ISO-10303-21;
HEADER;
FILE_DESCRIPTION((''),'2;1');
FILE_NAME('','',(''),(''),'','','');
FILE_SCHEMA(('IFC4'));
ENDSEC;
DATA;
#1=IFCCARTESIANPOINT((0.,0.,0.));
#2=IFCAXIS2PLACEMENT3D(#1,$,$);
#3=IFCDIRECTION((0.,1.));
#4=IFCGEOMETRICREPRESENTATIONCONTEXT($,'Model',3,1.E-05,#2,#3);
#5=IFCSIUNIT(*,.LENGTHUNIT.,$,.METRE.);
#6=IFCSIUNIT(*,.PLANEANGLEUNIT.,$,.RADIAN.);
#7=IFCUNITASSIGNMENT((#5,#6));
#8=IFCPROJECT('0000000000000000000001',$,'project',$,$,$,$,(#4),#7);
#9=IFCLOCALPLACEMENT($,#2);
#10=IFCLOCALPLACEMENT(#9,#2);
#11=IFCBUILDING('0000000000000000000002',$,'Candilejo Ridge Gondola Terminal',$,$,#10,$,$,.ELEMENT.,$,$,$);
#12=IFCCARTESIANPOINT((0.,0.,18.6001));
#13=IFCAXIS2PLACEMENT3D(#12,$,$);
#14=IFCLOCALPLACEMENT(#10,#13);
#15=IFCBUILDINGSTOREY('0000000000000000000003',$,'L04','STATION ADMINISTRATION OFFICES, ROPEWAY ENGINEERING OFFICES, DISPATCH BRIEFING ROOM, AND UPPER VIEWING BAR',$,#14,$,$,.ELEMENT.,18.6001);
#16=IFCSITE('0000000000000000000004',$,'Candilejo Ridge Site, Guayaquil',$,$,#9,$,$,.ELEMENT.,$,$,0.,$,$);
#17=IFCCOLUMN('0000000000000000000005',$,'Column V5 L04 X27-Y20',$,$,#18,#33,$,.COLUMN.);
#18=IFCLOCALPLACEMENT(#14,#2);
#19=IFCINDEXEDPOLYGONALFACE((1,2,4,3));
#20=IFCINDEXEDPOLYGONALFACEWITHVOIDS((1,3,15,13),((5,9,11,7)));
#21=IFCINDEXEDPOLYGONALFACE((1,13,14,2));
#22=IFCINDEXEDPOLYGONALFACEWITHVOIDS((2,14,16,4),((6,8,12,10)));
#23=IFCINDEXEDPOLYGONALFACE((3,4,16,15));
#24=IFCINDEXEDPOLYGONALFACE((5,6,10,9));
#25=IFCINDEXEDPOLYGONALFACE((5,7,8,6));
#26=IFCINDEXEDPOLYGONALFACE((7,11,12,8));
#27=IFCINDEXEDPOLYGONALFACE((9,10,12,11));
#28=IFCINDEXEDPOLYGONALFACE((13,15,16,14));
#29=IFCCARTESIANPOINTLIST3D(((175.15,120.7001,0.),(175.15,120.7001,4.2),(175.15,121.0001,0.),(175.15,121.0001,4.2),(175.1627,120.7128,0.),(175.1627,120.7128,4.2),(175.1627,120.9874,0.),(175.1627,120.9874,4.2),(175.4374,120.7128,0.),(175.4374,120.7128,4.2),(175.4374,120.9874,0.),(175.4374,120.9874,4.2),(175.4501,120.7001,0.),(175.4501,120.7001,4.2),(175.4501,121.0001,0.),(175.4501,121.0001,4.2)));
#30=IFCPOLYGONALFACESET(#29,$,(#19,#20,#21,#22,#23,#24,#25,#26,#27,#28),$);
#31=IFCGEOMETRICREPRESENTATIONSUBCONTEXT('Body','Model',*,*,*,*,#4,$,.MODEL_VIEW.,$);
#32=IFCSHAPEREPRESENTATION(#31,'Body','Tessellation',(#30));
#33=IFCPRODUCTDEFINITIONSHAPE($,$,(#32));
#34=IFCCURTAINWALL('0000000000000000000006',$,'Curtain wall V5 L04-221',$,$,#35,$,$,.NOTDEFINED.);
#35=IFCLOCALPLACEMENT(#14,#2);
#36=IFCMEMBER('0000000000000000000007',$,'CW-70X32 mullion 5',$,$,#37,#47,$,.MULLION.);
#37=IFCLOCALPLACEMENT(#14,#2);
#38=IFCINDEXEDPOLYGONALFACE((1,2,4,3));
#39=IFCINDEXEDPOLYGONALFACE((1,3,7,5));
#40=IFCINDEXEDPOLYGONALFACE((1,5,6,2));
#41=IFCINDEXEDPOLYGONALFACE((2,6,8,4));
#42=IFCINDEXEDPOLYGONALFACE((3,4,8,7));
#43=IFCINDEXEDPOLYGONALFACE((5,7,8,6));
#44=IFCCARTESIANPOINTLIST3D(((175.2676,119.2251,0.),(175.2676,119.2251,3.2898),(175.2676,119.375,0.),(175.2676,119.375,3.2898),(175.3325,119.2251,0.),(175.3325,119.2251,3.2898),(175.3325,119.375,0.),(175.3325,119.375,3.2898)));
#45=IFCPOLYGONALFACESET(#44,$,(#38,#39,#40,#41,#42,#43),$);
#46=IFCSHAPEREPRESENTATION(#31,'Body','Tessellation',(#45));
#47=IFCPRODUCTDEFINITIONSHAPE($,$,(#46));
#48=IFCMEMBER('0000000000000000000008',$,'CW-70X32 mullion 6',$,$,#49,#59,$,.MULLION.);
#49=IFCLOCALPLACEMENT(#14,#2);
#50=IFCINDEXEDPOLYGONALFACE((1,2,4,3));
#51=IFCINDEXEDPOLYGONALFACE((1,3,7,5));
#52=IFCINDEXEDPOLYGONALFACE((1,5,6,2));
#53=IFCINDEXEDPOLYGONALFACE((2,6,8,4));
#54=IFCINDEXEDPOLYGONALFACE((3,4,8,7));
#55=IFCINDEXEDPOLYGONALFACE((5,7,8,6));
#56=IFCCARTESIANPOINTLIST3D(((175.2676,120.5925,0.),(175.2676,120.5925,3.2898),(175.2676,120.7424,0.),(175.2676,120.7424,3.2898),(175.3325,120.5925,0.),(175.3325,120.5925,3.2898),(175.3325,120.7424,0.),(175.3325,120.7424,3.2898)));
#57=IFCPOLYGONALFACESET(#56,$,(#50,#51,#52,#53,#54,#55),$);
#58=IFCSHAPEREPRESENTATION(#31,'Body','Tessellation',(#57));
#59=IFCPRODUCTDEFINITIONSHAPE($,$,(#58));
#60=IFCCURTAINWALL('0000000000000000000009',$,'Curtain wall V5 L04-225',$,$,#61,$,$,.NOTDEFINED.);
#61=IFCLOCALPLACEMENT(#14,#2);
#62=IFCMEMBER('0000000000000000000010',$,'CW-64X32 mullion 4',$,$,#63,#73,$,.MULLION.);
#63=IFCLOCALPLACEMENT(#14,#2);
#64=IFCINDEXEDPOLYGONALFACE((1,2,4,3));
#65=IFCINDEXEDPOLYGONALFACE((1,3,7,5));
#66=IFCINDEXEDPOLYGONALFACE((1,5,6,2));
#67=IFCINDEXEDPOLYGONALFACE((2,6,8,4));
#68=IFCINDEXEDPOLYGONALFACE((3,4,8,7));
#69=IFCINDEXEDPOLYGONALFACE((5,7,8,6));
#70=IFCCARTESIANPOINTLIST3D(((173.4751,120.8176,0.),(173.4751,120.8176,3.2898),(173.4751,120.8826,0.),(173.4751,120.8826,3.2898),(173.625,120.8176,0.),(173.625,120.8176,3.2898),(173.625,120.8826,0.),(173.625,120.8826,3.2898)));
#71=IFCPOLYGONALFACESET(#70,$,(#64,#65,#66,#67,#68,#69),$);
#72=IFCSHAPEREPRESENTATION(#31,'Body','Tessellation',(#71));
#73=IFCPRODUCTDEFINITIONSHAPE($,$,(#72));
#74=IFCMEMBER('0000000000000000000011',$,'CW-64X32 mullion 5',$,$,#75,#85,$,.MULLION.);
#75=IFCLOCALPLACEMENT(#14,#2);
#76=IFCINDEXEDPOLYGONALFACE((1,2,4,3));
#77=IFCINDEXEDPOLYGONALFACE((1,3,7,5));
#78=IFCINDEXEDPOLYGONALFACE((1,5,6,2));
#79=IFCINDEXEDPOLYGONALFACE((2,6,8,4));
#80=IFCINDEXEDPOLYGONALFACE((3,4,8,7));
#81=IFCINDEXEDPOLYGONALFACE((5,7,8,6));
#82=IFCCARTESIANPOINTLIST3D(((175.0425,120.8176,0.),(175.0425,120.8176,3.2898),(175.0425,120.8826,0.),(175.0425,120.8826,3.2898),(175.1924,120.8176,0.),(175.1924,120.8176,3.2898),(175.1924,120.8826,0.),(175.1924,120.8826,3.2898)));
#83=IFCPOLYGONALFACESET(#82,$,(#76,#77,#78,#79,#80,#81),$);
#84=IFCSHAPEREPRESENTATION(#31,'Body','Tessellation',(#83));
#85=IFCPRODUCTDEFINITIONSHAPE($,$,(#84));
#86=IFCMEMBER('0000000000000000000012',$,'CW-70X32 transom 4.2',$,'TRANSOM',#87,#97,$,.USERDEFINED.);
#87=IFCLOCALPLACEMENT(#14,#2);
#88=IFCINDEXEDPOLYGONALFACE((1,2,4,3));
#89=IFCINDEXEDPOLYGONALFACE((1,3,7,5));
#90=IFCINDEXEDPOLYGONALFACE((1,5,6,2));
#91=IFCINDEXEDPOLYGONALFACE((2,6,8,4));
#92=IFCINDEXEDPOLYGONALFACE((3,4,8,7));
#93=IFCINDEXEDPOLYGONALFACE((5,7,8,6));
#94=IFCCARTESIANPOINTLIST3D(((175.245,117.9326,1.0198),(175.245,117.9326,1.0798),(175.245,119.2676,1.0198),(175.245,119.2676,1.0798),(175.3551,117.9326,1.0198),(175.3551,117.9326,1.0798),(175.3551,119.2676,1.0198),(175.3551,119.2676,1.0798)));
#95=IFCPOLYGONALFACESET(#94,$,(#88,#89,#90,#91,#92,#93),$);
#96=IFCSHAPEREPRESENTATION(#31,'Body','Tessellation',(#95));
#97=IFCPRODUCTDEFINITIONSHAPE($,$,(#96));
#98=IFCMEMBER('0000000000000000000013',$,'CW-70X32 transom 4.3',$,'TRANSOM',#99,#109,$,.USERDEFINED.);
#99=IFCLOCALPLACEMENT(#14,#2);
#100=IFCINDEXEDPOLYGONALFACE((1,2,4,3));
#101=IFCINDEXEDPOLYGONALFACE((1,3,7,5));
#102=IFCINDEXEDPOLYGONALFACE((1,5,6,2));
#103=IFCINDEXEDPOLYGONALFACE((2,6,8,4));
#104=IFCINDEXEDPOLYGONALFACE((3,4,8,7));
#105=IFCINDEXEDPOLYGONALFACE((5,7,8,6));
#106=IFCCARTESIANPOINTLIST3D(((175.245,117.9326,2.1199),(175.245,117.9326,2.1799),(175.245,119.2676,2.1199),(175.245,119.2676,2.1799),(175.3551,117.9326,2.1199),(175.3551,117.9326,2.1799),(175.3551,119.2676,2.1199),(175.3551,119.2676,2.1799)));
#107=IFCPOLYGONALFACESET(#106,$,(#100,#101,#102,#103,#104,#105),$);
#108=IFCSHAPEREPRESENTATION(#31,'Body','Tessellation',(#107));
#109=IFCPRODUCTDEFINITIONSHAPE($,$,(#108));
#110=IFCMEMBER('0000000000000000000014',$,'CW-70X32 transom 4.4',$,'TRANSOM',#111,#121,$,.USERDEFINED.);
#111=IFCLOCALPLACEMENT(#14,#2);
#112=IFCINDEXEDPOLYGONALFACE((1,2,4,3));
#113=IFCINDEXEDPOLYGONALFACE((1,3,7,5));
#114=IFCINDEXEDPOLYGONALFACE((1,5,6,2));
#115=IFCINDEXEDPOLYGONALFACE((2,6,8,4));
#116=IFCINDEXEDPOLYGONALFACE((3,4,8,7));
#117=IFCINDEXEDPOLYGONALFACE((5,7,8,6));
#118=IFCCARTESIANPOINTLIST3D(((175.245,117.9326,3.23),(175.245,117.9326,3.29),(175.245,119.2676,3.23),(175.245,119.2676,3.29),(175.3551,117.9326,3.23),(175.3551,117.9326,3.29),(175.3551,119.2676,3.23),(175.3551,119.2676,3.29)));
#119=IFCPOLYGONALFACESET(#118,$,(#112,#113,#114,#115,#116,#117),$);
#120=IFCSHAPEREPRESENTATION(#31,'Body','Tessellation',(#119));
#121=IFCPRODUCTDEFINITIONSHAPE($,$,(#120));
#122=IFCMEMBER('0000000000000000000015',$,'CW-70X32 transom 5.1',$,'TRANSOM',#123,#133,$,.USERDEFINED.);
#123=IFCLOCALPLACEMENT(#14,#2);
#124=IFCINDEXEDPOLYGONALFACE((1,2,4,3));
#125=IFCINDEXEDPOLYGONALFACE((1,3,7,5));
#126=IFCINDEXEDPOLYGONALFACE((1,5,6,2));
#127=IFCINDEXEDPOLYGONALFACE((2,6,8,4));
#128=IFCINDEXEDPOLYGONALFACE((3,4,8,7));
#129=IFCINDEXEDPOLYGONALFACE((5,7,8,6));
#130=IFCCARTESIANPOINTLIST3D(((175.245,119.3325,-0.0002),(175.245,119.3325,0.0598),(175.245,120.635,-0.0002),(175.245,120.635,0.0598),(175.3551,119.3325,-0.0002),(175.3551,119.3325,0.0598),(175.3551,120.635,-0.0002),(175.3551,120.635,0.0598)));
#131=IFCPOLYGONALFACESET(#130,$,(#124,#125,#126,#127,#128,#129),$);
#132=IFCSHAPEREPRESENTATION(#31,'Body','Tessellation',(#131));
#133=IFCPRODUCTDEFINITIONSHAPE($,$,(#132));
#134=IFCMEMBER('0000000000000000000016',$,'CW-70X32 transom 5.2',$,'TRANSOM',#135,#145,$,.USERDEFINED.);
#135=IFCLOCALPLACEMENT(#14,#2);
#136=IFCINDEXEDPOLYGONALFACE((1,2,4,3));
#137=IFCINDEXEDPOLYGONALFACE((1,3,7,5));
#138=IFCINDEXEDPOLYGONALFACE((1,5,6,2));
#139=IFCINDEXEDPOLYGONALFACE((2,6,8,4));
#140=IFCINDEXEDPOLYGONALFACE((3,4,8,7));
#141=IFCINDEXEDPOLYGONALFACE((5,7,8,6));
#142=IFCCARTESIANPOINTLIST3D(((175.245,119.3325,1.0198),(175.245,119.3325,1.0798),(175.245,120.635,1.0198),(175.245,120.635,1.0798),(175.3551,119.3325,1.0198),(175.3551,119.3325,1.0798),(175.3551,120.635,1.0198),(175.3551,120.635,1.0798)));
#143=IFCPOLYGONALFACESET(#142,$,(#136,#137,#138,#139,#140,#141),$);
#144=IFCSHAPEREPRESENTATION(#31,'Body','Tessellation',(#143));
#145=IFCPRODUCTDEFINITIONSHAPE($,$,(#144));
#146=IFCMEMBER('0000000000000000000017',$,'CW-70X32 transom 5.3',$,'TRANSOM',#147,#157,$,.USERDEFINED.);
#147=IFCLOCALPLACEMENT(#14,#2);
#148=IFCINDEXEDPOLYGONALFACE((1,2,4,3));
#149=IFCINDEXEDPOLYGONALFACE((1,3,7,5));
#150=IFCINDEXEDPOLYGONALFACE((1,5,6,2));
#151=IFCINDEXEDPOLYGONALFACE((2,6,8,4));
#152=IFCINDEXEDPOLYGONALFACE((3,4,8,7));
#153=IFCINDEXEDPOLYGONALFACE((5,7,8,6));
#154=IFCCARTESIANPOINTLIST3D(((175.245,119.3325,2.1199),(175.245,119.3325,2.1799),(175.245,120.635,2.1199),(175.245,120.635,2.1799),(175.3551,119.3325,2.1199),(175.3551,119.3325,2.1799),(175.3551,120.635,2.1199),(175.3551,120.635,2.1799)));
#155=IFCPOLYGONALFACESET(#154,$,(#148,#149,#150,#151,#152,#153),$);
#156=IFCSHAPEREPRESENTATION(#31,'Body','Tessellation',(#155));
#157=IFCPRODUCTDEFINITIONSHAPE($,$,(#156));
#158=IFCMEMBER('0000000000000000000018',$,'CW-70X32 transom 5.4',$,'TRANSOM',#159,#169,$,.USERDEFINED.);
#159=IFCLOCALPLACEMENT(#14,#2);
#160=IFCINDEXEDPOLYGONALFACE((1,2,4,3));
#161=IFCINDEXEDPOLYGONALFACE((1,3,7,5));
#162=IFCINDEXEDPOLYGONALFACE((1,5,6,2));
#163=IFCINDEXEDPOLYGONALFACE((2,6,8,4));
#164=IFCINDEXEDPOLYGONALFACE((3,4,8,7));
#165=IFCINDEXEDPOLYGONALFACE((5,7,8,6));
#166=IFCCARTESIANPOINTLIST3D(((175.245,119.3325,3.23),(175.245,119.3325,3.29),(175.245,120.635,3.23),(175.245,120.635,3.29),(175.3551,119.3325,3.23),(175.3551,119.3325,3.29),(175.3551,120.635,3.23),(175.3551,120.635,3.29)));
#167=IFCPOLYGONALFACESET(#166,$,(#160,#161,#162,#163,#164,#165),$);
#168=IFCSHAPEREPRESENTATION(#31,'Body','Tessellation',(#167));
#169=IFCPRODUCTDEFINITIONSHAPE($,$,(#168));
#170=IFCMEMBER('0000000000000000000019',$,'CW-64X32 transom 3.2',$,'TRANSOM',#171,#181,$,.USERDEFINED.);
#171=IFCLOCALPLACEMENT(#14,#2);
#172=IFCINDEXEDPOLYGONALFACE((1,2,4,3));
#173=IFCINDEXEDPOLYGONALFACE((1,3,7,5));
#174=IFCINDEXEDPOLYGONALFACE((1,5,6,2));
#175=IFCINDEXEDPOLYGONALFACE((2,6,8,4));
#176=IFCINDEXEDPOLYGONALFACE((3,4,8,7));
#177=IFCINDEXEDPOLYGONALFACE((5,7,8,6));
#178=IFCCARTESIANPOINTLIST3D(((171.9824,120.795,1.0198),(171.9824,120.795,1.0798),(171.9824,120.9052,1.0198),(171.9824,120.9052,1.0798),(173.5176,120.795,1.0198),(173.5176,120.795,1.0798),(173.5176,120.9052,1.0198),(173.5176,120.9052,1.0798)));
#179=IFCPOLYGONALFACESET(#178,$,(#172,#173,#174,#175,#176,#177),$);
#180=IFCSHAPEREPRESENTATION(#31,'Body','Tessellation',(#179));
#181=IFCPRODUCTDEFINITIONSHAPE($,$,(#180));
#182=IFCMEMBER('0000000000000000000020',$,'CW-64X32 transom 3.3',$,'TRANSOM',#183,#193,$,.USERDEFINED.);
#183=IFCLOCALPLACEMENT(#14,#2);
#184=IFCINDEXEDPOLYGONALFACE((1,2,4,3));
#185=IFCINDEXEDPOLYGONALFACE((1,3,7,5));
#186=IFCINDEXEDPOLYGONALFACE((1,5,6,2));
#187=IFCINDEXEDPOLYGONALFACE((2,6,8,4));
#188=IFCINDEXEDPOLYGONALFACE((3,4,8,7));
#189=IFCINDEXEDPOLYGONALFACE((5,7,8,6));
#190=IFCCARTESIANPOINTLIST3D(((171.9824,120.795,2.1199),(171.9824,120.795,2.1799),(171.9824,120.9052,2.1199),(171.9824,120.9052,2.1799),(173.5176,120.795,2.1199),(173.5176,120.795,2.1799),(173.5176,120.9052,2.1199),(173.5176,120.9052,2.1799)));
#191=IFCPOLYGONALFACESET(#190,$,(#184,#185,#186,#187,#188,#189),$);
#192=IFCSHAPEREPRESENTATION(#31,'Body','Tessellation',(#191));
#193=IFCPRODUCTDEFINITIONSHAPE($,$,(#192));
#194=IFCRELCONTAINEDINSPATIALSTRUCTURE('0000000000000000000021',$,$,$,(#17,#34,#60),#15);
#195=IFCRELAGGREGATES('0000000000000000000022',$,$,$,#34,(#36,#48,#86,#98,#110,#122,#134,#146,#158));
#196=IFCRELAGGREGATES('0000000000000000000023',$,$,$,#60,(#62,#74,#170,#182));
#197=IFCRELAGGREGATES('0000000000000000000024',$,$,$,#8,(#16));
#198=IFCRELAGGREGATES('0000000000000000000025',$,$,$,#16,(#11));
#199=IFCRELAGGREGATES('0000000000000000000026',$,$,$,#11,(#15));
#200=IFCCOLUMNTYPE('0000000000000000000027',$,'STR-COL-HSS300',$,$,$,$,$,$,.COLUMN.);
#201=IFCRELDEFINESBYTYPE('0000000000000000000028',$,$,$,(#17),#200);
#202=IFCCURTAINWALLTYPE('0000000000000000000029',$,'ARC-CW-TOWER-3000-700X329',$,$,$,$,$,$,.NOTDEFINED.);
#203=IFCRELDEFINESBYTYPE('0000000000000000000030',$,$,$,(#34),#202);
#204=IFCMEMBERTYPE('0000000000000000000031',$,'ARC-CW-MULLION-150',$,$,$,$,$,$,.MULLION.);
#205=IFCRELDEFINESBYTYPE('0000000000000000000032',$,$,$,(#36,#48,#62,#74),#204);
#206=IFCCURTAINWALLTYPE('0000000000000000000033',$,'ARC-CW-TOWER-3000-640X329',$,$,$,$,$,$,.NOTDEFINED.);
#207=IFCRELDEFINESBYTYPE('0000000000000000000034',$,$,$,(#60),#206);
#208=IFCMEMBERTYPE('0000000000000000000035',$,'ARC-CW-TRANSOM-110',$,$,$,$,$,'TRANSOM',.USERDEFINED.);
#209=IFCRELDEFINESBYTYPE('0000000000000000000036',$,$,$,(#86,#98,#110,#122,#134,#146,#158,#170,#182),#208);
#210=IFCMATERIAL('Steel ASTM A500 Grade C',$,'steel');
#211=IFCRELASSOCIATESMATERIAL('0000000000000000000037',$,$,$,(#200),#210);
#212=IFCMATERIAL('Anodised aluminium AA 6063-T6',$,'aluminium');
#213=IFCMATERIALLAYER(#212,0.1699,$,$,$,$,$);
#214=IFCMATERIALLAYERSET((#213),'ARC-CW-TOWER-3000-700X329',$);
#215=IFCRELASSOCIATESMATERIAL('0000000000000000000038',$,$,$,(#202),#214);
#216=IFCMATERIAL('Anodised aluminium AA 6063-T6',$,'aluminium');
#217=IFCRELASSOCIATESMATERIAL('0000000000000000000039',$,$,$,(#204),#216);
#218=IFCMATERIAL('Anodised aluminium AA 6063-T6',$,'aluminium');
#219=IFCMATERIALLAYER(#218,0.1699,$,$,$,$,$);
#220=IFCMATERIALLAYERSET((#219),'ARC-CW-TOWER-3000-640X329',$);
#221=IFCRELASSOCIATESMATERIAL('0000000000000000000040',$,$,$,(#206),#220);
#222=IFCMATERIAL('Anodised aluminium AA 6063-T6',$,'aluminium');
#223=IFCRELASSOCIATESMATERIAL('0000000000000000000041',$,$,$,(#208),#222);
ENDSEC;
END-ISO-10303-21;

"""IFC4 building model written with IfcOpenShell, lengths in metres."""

from ifc_helpers import new_model, si_unit, direction, frame, origin, origin_2d, place, context, subcontext, project, spatial, rectangle, hollow_rectangle, extrude, material, layer, layer_set, material_profile, profile_set, type_object, element, aggregate, save


model = new_model("IFC4")

# Units and contexts
model_context = context("Model", 3, precision=1e-05, world=origin(), true_north=direction((0.0, 1.0)))
body_context = subcontext(model_context, "Body", "Model", "MODEL_VIEW")
ifc_project = project(units=[si_unit("LENGTHUNIT", "METRE"), si_unit("PLANEANGLEUNIT", "RADIAN")], contexts=[model_context])

# Site, building, storey
site_placement = place(None, origin())
site = spatial("IfcSite", under=ifc_project, at=site_placement, Name="Candilejo Ridge Site, Guayaquil", CompositionType="ELEMENT", RefElevation=0.0)
building_placement = place(site_placement, origin())
building = spatial("IfcBuilding", under=site, at=building_placement, Name="Candilejo Ridge Gondola Terminal", CompositionType="ELEMENT")
storey_placement = place(building_placement, frame((0.0, 0.0, 18.6001)))
storey = spatial("IfcBuildingStorey", under=building, at=storey_placement, Name="L04", Description="STATION ADMINISTRATION OFFICES, ROPEWAY ENGINEERING OFFICES, DISPATCH BRIEFING ROOM, AND UPPER VIEWING BAR", CompositionType="ELEMENT", Elevation=18.6001)

# Column
ifc_material_1 = material(Name="Steel ASTM A500 Grade C", Category="steel")
ifc_material_profile_1 = material_profile(ifc_material_1, hollow_rectangle(XDim=0.3, YDim=0.3, WallThickness=0.0127, at=origin_2d()))
ifc_profile_set_1 = profile_set([ifc_material_profile_1], Name="Steel ASTM A500 Grade C")
column_type = type_object("IfcColumnType", Name="STR-COL-HSS300", PredefinedType="COLUMN", material=ifc_profile_set_1)
column_placement = place(storey_placement, frame((175.3, 120.8501, 0.0), z_axis=(0.0, 0.0, 1.0), x_axis=(1.0, 0.0, 0.0)))
element("IfcColumn", 1, at=column_placement, inside=storey, type_object=column_type, Name="Column V5 L04 X27-Y20", PredefinedType="COLUMN", context=body_context, shape_type="SweptSolid", body=[
    extrude(hollow_rectangle(XDim=0.3, YDim=0.3, WallThickness=0.0127, at=origin_2d()), origin(), (0.0, 0.0, 1.0), 4.2),
])

# Curtain walls, members
ifc_material_2 = material(Name="Anodised aluminium AA 6063-T6", Category="aluminium")
ifc_layer_1 = layer(ifc_material_2, 0.1699)
ifc_layer_set_1 = layer_set([ifc_layer_1], Name="ARC-CW-TOWER-3000-700X329")
curtain_wall_type_1 = type_object("IfcCurtainWallType", Name="ARC-CW-TOWER-3000-700X329", PredefinedType="NOTDEFINED", material=ifc_layer_set_1)
curtain_wall_1_placement = place(storey_placement, origin())
curtain_wall_1 = element("IfcCurtainWall", 2, at=curtain_wall_1_placement, inside=storey, type_object=curtain_wall_type_1, Name="Curtain wall V5 L04-221", PredefinedType="NOTDEFINED")
ifc_material_3 = material(Name="Anodised aluminium AA 6063-T6", Category="aluminium")
ifc_material_profile_2 = material_profile(ifc_material_3, rectangle(XDim=0.0649, YDim=0.1499, at=origin_2d()))
ifc_profile_set_2 = profile_set([ifc_material_profile_2], Name="Anodised aluminium AA 6063-T6")
member_type_1 = type_object("IfcMemberType", Name="ARC-CW-MULLION-150", PredefinedType="MULLION", material=ifc_profile_set_2)
member_1_placement = place(storey_placement, frame((175.3, 119.3, 0.0), z_axis=(0.0, 0.0, 1.0), x_axis=(-1.0, 0.0, 0.0)))
member_1 = element("IfcMember", 3, at=member_1_placement, type_object=member_type_1, Name="CW-70X32 mullion 5", PredefinedType="MULLION", context=body_context, shape_type="SweptSolid", body=[
    extrude(rectangle(XDim=0.0649, YDim=0.1499, at=origin_2d()), origin(), (0.0, 0.0, 1.0), 3.2898),
])
member_2_placement = place(storey_placement, frame((175.3, 120.6675, 0.0), z_axis=(0.0, 0.0, 1.0), x_axis=(-1.0, 0.0, 0.0)))
member_2 = element("IfcMember", 4, at=member_2_placement, type_object=member_type_1, Name="CW-70X32 mullion 6", PredefinedType="MULLION", context=body_context, shape_type="SweptSolid", body=[
    extrude(rectangle(XDim=0.0649, YDim=0.1499, at=origin_2d()), origin(), (0.0, 0.0, 1.0), 3.2898),
])
ifc_material_4 = material(Name="Anodised aluminium AA 6063-T6", Category="aluminium")
ifc_layer_2 = layer(ifc_material_4, 0.1699)
ifc_layer_set_2 = layer_set([ifc_layer_2], Name="ARC-CW-TOWER-3000-640X329")
curtain_wall_type_2 = type_object("IfcCurtainWallType", Name="ARC-CW-TOWER-3000-640X329", PredefinedType="NOTDEFINED", material=ifc_layer_set_2)
curtain_wall_2_placement = place(storey_placement, origin())
curtain_wall_2 = element("IfcCurtainWall", 5, at=curtain_wall_2_placement, inside=storey, type_object=curtain_wall_type_2, Name="Curtain wall V5 L04-225", PredefinedType="NOTDEFINED")
member_3_placement = place(storey_placement, frame((173.55, 120.8501, 0.0), z_axis=(0.0, 0.0, 1.0), x_axis=(0.0, 1.0, 0.0)))
member_3 = element("IfcMember", 6, at=member_3_placement, type_object=member_type_1, Name="CW-64X32 mullion 4", PredefinedType="MULLION", context=body_context, shape_type="SweptSolid", body=[
    extrude(rectangle(XDim=0.0649, YDim=0.1499, at=origin_2d()), origin(), (0.0, 0.0, 1.0), 3.2898),
])
member_4_placement = place(storey_placement, frame((175.1174, 120.8501, 0.0), z_axis=(0.0, 0.0, 1.0), x_axis=(0.0, 1.0, 0.0)))
member_4 = element("IfcMember", 7, at=member_4_placement, type_object=member_type_1, Name="CW-64X32 mullion 5", PredefinedType="MULLION", context=body_context, shape_type="SweptSolid", body=[
    extrude(rectangle(XDim=0.0649, YDim=0.1499, at=origin_2d()), origin(), (0.0, 0.0, 1.0), 3.2898),
])

# Members
ifc_material_5 = material(Name="Anodised aluminium AA 6063-T6", Category="aluminium")
ifc_material_profile_3 = material_profile(ifc_material_5, rectangle(XDim=0.1101, YDim=0.0601, at=origin_2d()))
ifc_profile_set_3 = profile_set([ifc_material_profile_3], Name="Anodised aluminium AA 6063-T6")
member_type_2 = type_object("IfcMemberType", Name="ARC-CW-TRANSOM-110", ElementType="TRANSOM", PredefinedType="USERDEFINED", material=ifc_profile_set_3)
member_5_placement = place(storey_placement, frame((175.3, 117.9326, 1.0498), z_axis=(0.0, 1.0, 0.0), x_axis=(-1.0, 0.0, 0.0)))
member_5 = element("IfcMember", 8, at=member_5_placement, type_object=member_type_2, Name="CW-70X32 transom 4.2", ObjectType="TRANSOM", PredefinedType="USERDEFINED", context=body_context, shape_type="SweptSolid", body=[
    extrude(rectangle(XDim=0.1101, YDim=0.0601, at=origin_2d()), origin(), (0.0, 0.0, 1.0), 1.335),
])
member_6_placement = place(storey_placement, frame((175.3, 117.9326, 2.1499), z_axis=(0.0, 1.0, 0.0), x_axis=(-1.0, 0.0, 0.0)))
member_6 = element("IfcMember", 9, at=member_6_placement, type_object=member_type_2, Name="CW-70X32 transom 4.3", ObjectType="TRANSOM", PredefinedType="USERDEFINED", context=body_context, shape_type="SweptSolid", body=[
    extrude(rectangle(XDim=0.1101, YDim=0.0601, at=origin_2d()), origin(), (0.0, 0.0, 1.0), 1.335),
])
member_7_placement = place(storey_placement, frame((175.3, 117.9326, 3.26), z_axis=(0.0, 1.0, 0.0), x_axis=(-1.0, 0.0, 0.0)))
member_7 = element("IfcMember", 10, at=member_7_placement, type_object=member_type_2, Name="CW-70X32 transom 4.4", ObjectType="TRANSOM", PredefinedType="USERDEFINED", context=body_context, shape_type="SweptSolid", body=[
    extrude(rectangle(XDim=0.1101, YDim=0.0601, at=origin_2d()), origin(), (0.0, 0.0, 1.0), 1.335),
])
member_8_placement = place(storey_placement, frame((175.3, 119.3325, 0.0298), z_axis=(0.0, 1.0, 0.0), x_axis=(-1.0, 0.0, 0.0)))
member_8 = element("IfcMember", 11, at=member_8_placement, type_object=member_type_2, Name="CW-70X32 transom 5.1", ObjectType="TRANSOM", PredefinedType="USERDEFINED", context=body_context, shape_type="SweptSolid", body=[
    extrude(rectangle(XDim=0.1101, YDim=0.0601, at=origin_2d()), origin(), (0.0, 0.0, 1.0), 1.3025),
])
member_9_placement = place(storey_placement, frame((175.3, 119.3325, 1.0498), z_axis=(0.0, 1.0, 0.0), x_axis=(-1.0, 0.0, 0.0)))
member_9 = element("IfcMember", 12, at=member_9_placement, type_object=member_type_2, Name="CW-70X32 transom 5.2", ObjectType="TRANSOM", PredefinedType="USERDEFINED", context=body_context, shape_type="SweptSolid", body=[
    extrude(rectangle(XDim=0.1101, YDim=0.0601, at=origin_2d()), origin(), (0.0, 0.0, 1.0), 1.3025),
])
member_10_placement = place(storey_placement, frame((175.3, 119.3325, 2.1499), z_axis=(0.0, 1.0, 0.0), x_axis=(-1.0, 0.0, 0.0)))
member_10 = element("IfcMember", 13, at=member_10_placement, type_object=member_type_2, Name="CW-70X32 transom 5.3", ObjectType="TRANSOM", PredefinedType="USERDEFINED", context=body_context, shape_type="SweptSolid", body=[
    extrude(rectangle(XDim=0.1101, YDim=0.0601, at=origin_2d()), origin(), (0.0, 0.0, 1.0), 1.3025),
])
member_11_placement = place(storey_placement, frame((175.3, 119.3325, 3.26), z_axis=(0.0, 1.0, 0.0), x_axis=(-1.0, 0.0, 0.0)))
member_11 = element("IfcMember", 14, at=member_11_placement, type_object=member_type_2, Name="CW-70X32 transom 5.4", ObjectType="TRANSOM", PredefinedType="USERDEFINED", context=body_context, shape_type="SweptSolid", body=[
    extrude(rectangle(XDim=0.1101, YDim=0.0601, at=origin_2d()), origin(), (0.0, 0.0, 1.0), 1.3025),
])
member_12_placement = place(storey_placement, frame((171.9824, 120.8501, 1.0498), z_axis=(1.0, 0.0, 0.0), x_axis=(0.0, 1.0, 0.0)))
member_12 = element("IfcMember", 15, at=member_12_placement, type_object=member_type_2, Name="CW-64X32 transom 3.2", ObjectType="TRANSOM", PredefinedType="USERDEFINED", context=body_context, shape_type="SweptSolid", body=[
    extrude(rectangle(XDim=0.1101, YDim=0.0601, at=origin_2d()), origin(), (0.0, 0.0, 1.0), 1.5352),
])
member_13_placement = place(storey_placement, frame((171.9824, 120.8501, 2.1499), z_axis=(1.0, 0.0, 0.0), x_axis=(0.0, 1.0, 0.0)))
member_13 = element("IfcMember", 16, at=member_13_placement, type_object=member_type_2, Name="CW-64X32 transom 3.3", ObjectType="TRANSOM", PredefinedType="USERDEFINED", context=body_context, shape_type="SweptSolid", body=[
    extrude(rectangle(XDim=0.1101, YDim=0.0601, at=origin_2d()), origin(), (0.0, 0.0, 1.0), 1.5352),
])

aggregate(curtain_wall_1, [member_1, member_2, member_5, member_6, member_7, member_8, member_9, member_10, member_11])
aggregate(curtain_wall_2, [member_3, member_4, member_12, member_13])

save(model, "model.ifc")
